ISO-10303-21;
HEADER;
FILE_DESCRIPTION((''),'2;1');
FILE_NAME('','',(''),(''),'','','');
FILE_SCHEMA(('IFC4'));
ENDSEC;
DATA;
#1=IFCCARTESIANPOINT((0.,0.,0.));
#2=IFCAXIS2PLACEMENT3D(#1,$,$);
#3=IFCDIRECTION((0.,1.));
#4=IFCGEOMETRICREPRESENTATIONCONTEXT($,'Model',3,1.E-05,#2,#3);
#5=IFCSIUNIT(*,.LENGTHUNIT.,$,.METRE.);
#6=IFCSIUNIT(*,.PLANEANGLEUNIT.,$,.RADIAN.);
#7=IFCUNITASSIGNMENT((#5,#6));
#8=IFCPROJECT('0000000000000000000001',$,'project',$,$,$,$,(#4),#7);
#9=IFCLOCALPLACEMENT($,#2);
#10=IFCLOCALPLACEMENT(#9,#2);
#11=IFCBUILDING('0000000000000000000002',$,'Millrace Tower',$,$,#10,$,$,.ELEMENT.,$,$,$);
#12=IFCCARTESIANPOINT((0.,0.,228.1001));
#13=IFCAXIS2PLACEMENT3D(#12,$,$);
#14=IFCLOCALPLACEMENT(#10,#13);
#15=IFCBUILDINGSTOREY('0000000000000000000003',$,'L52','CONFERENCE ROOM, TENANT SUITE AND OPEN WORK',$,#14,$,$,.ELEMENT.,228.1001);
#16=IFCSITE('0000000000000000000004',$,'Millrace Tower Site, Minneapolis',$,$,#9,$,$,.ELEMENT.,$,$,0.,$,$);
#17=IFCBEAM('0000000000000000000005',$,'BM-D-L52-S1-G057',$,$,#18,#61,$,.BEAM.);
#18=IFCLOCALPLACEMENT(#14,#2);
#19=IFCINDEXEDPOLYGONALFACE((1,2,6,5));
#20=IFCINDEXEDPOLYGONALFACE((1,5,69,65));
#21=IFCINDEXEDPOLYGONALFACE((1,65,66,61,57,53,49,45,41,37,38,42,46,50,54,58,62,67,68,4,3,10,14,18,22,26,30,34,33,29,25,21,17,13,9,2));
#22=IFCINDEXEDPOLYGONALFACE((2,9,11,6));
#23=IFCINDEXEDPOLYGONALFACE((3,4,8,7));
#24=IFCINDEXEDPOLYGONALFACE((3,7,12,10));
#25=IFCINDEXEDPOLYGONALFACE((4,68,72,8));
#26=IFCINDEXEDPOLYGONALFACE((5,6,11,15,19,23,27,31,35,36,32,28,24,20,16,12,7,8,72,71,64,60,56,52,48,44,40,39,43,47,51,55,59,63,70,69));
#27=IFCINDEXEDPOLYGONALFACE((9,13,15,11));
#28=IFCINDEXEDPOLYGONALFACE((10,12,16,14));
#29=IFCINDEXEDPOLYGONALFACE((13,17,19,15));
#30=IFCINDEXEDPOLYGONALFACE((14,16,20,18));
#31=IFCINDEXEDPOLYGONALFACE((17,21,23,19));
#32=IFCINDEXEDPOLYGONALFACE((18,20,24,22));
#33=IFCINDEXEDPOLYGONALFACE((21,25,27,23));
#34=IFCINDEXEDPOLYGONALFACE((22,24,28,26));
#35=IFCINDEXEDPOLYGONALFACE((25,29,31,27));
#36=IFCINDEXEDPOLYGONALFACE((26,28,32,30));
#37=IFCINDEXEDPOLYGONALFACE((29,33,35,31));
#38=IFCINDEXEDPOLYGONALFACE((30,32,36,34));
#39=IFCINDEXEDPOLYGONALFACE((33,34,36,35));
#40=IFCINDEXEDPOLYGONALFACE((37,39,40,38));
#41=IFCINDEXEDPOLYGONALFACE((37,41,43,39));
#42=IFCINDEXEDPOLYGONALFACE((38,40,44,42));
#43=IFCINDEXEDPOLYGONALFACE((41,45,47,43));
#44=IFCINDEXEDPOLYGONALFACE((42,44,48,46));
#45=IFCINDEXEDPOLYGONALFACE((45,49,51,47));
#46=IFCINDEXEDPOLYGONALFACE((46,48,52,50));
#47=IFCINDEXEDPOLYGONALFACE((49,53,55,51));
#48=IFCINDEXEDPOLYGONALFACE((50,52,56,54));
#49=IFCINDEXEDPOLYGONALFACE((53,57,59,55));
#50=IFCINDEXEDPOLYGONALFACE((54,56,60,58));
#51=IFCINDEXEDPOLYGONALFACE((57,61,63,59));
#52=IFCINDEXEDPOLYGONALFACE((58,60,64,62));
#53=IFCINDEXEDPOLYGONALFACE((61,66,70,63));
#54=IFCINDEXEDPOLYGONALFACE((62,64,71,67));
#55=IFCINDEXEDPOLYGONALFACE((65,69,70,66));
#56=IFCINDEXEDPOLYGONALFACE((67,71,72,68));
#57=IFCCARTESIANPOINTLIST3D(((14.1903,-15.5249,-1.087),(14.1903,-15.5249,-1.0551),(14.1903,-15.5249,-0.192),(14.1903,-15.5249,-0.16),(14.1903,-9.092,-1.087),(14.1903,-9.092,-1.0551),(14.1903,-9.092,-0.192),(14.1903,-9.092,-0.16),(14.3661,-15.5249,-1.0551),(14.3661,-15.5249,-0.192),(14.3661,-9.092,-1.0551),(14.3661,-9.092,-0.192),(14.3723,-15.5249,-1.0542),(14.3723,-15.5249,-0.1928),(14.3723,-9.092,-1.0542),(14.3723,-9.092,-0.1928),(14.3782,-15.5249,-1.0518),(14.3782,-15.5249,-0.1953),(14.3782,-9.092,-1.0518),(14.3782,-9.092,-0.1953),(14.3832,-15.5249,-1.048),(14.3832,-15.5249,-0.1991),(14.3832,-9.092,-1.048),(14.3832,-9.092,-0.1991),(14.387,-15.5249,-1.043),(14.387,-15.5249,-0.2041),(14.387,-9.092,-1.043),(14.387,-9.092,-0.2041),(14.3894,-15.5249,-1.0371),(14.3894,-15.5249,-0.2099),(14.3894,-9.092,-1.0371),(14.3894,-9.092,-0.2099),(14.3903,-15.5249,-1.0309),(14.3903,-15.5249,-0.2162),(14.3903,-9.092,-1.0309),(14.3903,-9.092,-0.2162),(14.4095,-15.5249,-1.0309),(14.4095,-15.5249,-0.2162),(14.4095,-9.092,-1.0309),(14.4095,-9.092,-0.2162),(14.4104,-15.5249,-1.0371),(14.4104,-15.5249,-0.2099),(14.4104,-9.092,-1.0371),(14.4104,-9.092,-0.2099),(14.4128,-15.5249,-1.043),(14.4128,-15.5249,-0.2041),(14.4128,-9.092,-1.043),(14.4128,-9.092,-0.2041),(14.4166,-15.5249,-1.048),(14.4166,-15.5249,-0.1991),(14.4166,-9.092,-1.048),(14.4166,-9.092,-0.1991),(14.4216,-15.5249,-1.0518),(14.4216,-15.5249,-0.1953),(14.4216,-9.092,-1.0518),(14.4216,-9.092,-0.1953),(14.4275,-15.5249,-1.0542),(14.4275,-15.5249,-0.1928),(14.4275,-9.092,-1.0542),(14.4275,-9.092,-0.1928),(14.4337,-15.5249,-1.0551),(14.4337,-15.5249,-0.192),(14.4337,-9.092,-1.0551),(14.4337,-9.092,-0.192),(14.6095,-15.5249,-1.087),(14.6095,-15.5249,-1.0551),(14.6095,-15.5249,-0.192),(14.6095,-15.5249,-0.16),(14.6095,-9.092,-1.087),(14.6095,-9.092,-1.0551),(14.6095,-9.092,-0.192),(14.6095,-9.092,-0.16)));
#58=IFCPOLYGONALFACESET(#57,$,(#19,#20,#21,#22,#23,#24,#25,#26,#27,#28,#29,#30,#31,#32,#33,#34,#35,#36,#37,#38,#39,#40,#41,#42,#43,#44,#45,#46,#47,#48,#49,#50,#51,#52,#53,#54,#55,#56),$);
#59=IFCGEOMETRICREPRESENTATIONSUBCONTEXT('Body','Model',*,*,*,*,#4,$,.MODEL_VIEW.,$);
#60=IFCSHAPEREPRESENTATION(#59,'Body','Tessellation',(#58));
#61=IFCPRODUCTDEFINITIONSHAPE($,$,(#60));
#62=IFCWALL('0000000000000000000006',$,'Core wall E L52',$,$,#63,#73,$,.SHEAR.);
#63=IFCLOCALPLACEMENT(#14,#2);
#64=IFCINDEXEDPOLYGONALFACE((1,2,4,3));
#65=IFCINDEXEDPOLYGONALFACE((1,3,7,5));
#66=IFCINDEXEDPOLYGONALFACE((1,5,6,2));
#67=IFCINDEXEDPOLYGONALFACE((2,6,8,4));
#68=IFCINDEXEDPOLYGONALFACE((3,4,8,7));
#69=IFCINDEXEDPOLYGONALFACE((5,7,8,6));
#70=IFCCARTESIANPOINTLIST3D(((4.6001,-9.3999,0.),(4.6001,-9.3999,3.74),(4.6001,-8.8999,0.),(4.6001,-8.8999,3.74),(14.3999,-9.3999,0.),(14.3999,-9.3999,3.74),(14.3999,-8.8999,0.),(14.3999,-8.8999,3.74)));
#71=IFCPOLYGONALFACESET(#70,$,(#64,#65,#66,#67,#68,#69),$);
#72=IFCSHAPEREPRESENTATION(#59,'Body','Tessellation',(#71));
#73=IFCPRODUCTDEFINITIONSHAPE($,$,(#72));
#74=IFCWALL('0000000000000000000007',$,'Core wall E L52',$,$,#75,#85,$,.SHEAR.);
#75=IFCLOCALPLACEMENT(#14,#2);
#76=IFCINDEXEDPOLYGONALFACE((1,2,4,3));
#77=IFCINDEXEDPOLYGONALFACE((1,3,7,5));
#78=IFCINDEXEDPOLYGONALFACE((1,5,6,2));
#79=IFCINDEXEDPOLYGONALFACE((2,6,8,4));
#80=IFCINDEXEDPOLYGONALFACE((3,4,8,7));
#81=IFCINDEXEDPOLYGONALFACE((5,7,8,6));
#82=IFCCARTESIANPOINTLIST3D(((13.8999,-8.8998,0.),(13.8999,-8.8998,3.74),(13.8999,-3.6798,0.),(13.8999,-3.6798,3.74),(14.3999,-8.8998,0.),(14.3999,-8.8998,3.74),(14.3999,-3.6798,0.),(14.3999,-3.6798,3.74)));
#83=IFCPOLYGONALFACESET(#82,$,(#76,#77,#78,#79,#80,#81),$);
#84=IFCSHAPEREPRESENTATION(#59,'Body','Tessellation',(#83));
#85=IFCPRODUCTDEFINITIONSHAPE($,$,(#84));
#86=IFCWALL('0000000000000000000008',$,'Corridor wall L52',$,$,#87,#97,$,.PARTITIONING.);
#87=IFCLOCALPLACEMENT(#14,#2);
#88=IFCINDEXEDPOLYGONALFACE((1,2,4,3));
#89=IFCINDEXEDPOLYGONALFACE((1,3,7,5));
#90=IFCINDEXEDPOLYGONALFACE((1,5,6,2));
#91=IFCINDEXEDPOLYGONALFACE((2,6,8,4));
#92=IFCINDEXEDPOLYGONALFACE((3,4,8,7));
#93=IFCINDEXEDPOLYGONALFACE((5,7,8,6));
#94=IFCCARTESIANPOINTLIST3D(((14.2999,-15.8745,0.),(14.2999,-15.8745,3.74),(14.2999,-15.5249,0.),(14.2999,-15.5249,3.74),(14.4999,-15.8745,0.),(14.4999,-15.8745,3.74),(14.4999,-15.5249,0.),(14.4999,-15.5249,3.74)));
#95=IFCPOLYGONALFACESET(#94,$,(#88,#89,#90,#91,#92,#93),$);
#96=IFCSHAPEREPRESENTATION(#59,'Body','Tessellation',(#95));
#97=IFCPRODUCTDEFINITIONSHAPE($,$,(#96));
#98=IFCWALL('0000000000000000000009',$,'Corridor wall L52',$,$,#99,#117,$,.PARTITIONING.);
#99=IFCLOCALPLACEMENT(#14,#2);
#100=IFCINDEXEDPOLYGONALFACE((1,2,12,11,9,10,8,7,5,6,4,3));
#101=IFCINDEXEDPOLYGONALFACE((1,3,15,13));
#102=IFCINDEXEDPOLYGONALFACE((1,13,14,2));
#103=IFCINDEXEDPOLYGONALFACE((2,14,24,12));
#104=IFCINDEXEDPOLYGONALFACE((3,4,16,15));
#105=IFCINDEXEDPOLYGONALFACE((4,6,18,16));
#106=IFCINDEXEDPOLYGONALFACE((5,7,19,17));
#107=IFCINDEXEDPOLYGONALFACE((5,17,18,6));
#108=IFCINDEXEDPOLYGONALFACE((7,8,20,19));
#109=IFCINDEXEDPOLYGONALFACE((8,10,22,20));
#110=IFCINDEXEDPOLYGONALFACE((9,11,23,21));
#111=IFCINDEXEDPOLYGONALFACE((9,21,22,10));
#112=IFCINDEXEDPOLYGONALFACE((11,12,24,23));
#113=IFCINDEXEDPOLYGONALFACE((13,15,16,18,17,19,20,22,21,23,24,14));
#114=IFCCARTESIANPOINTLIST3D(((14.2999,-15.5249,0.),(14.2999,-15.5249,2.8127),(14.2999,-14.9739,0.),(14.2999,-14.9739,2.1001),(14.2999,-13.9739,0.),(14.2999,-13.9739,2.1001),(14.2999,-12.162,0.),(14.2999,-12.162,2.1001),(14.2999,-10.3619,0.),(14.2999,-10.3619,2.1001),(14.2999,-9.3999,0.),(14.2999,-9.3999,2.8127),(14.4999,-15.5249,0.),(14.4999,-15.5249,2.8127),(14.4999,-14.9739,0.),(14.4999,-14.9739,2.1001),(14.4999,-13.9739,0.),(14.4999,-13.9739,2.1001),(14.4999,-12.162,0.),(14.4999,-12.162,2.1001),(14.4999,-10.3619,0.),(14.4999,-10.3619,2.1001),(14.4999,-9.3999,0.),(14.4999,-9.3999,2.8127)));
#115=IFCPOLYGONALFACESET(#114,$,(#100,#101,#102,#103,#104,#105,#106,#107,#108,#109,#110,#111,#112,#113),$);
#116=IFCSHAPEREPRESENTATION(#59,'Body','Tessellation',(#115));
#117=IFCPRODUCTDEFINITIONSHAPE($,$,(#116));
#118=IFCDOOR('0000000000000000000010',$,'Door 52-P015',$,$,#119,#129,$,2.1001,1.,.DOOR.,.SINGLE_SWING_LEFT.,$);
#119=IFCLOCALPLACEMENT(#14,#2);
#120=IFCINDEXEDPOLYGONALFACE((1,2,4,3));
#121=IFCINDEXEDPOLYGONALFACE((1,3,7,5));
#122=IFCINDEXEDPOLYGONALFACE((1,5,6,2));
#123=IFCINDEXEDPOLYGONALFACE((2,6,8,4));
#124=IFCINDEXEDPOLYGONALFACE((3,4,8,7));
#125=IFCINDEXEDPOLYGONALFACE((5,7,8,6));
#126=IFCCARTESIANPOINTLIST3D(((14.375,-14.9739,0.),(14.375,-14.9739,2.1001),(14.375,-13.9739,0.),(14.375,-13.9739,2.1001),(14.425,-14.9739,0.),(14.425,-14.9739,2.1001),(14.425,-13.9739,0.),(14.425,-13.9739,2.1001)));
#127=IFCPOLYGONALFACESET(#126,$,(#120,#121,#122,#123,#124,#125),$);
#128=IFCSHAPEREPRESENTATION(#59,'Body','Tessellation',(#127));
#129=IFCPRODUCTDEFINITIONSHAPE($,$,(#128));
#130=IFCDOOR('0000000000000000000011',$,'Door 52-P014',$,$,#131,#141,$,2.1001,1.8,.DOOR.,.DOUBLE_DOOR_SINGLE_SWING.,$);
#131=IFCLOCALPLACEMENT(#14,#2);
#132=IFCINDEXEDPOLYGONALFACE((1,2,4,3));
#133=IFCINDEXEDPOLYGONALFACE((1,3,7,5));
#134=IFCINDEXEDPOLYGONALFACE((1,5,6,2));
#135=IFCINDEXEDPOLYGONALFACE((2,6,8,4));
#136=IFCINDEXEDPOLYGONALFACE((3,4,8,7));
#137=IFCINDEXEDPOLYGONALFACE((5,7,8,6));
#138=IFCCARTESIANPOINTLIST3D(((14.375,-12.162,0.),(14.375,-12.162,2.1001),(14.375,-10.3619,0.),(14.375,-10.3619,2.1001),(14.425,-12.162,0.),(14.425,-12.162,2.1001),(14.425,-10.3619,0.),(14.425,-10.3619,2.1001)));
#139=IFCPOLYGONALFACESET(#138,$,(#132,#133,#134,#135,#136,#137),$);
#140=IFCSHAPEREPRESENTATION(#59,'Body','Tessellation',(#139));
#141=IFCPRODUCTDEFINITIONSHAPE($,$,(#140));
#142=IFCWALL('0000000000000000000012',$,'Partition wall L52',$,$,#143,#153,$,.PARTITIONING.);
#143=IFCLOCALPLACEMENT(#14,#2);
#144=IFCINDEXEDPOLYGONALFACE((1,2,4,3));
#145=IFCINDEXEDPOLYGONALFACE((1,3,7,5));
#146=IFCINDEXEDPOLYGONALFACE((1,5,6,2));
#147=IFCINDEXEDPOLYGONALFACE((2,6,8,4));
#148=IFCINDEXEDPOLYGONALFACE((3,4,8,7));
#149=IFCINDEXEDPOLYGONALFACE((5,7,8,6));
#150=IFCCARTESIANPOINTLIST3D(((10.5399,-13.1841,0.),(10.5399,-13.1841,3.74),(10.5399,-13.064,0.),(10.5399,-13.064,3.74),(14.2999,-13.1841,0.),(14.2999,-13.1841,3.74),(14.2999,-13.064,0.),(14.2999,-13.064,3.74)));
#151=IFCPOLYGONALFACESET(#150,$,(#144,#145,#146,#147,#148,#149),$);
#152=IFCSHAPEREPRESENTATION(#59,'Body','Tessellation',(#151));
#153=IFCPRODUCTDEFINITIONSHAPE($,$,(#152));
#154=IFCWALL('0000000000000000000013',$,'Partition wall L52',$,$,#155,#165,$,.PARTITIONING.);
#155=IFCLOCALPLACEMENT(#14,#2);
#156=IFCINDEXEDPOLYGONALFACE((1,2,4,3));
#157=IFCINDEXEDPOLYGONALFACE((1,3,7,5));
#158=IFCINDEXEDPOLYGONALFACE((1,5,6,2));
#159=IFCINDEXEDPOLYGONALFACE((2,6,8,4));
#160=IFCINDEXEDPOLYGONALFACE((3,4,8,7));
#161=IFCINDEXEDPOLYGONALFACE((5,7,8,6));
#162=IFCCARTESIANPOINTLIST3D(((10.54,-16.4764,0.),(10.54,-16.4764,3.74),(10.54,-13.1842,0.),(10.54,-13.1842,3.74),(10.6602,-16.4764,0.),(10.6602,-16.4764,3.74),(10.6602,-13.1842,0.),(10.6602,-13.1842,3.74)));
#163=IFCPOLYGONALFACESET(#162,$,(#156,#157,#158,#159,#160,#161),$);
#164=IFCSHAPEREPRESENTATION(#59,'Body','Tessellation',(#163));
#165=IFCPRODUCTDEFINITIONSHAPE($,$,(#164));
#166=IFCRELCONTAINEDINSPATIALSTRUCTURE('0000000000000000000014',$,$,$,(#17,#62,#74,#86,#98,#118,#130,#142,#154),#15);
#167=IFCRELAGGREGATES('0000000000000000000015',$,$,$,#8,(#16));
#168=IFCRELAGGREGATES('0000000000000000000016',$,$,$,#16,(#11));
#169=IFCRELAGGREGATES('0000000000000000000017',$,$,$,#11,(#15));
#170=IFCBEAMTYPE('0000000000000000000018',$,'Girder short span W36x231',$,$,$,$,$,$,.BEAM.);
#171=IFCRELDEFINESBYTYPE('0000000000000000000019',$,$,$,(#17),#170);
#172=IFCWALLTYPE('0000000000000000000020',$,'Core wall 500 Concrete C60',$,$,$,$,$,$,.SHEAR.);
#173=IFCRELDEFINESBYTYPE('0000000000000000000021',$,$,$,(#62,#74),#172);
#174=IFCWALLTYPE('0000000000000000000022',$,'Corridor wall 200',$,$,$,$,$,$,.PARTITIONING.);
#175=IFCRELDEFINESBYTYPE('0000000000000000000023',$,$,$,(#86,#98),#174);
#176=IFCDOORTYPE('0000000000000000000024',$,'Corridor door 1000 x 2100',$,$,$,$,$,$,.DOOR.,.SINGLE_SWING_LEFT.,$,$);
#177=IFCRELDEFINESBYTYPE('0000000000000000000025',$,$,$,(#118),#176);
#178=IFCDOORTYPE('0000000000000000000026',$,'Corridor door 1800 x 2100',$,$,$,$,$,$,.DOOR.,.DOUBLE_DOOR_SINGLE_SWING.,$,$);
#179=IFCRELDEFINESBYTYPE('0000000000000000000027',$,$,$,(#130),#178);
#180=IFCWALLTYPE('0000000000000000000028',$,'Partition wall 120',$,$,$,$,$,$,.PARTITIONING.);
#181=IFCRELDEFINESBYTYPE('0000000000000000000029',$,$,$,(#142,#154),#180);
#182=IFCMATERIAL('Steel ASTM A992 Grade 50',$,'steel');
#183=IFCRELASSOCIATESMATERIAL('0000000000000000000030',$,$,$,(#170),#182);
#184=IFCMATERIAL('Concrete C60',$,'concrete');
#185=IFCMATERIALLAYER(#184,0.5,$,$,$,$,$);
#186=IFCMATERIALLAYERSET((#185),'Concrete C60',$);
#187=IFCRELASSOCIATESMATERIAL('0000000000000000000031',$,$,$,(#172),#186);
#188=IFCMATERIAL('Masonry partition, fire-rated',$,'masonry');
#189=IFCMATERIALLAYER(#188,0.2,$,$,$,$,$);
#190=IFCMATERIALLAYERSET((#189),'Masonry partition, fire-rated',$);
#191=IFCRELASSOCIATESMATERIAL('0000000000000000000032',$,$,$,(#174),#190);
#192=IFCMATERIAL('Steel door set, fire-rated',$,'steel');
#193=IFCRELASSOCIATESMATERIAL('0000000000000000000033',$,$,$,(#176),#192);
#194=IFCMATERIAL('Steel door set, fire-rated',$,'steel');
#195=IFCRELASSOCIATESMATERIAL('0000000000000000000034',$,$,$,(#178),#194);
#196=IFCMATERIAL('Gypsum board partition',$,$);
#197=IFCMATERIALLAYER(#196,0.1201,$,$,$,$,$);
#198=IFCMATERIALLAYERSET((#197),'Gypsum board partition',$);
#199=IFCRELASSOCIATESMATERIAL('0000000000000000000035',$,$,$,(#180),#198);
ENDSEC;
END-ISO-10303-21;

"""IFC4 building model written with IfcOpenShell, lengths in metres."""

from ifc_helpers import new_model, si_unit, direction, frame, frame_2d, origin, origin_2d, place, context, subcontext, project, spatial, rectangle, i_section, extrude, material, layer, layer_set, material_profile, profile_set, type_object, element, fill, save


model = new_model("IFC4")

# Units and contexts
model_context = context("Model", 3, precision=1e-05, world=origin(), true_north=direction((0.0, 1.0)))
body_context = subcontext(model_context, "Body", "Model", "MODEL_VIEW")
ifc_project = project(units=[si_unit("LENGTHUNIT", "METRE"), si_unit("PLANEANGLEUNIT", "RADIAN")], contexts=[model_context])

# Site, building, storey
site_placement = place(None, origin())
site = spatial("IfcSite", under=ifc_project, at=site_placement, Name="Millrace Tower Site, Minneapolis", CompositionType="ELEMENT", RefElevation=0.0)
building_placement = place(site_placement, origin())
building = spatial("IfcBuilding", under=site, at=building_placement, Name="Millrace Tower", CompositionType="ELEMENT")
storey_placement = place(building_placement, frame((0.0, 0.0, 228.1001)))
storey = spatial("IfcBuildingStorey", under=building, at=storey_placement, Name="L52", Description="CONFERENCE ROOM, TENANT SUITE AND OPEN WORK", CompositionType="ELEMENT", Elevation=228.1001)

# Beam
ifc_material_1 = material(Name="Steel ASTM A992 Grade 50", Category="steel")
ifc_material_profile_1 = material_profile(ifc_material_1, i_section(OverallWidth=0.4192, OverallDepth=0.927, WebThickness=0.0193, FlangeThickness=0.032, FilletRadius=0.0242, at=origin_2d()))
ifc_profile_set_1 = profile_set([ifc_material_profile_1], Name="Steel ASTM A992 Grade 50")
beam_type_1 = type_object("IfcBeamType", Name="Girder short span W36x231", PredefinedType="BEAM", material=ifc_profile_set_1)
beam_1_placement = place(storey_placement, frame((14.3999, -15.5249, -0.6235), z_axis=(0.0, 1.0, 0.0), x_axis=(-1.0, 0.0, 0.0)))
element("IfcBeam", 1, at=beam_1_placement, inside=storey, type_object=beam_type_1, Name="BM-D-L52-S1-G057", PredefinedType="BEAM", context=body_context, shape_type="SweptSolid", body=[
    extrude(i_section(OverallWidth=0.4192, OverallDepth=0.927, WebThickness=0.0193, FlangeThickness=0.032, FilletRadius=0.0242, at=origin_2d()), origin(), (0.0, 0.0, 1.0), 6.4329),
])

# Walls
ifc_material_2 = material(Name="Concrete C60", Category="concrete")
ifc_layer_1 = layer(ifc_material_2, 0.5)
ifc_layer_set_1 = layer_set([ifc_layer_1], Name="Concrete C60")
wall_type_1 = type_object("IfcWallType", Name="Core wall 500 Concrete C60", PredefinedType="SHEAR", material=ifc_layer_set_1)
wall_1_placement = place(storey_placement, frame((14.3999, -9.1499, 0.0), z_axis=(0.0, 0.0, 1.0), x_axis=(-1.0, 0.0, 0.0)))
element("IfcWall", 2, at=wall_1_placement, inside=storey, type_object=wall_type_1, Name="Core wall E L52", PredefinedType="SHEAR", context=body_context, shape_type="SweptSolid", body=[
    extrude(rectangle(XDim=9.7998, YDim=0.5, at=frame_2d((4.8999, 0.0))), origin(), (0.0, 0.0, 1.0), 3.74),
])
wall_2_placement = place(storey_placement, frame((14.1499, -3.6799, 0.0), z_axis=(0.0, 0.0, 1.0), x_axis=(0.0, -1.0, 0.0)))
element("IfcWall", 3, at=wall_2_placement, inside=storey, type_object=wall_type_1, Name="Core wall E L52", PredefinedType="SHEAR", context=body_context, shape_type="SweptSolid", body=[
    extrude(rectangle(XDim=5.22, YDim=0.5, at=frame_2d((2.6099, 0.0))), origin(), (0.0, 0.0, 1.0), 3.74),
])
ifc_material_3 = material(Name="Masonry partition, fire-rated", Category="masonry")
ifc_layer_2 = layer(ifc_material_3, 0.2)
ifc_layer_set_2 = layer_set([ifc_layer_2], Name="Masonry partition, fire-rated")
wall_type_2 = type_object("IfcWallType", Name="Corridor wall 200", PredefinedType="PARTITIONING", material=ifc_layer_set_2)
wall_3_placement = place(storey_placement, frame((14.3999, -15.8745, 0.0), z_axis=(0.0, 0.0, 1.0), x_axis=(0.0, 1.0, 0.0)))
element("IfcWall", 4, at=wall_3_placement, inside=storey, type_object=wall_type_2, Name="Corridor wall L52", PredefinedType="PARTITIONING", context=body_context, shape_type="SweptSolid", body=[
    extrude(rectangle(XDim=0.3496, YDim=0.2, at=frame_2d((0.1748, 0.0))), origin(), (0.0, 0.0, 1.0), 3.74),
])

# Wall, openings, doors
wall_4_placement = place(storey_placement, frame((14.3999, -15.5249, 0.0), z_axis=(0.0, 0.0, 1.0), x_axis=(0.0, 1.0, 0.0)))
wall_4 = element("IfcWall", 5, at=wall_4_placement, inside=storey, type_object=wall_type_2, Name="Corridor wall L52", PredefinedType="PARTITIONING", context=body_context, shape_type="SweptSolid", body=[
    extrude(rectangle(XDim=6.125, YDim=0.2, at=frame_2d((3.0625, 0.0))), origin(), (0.0, 0.0, 1.0), 2.8127),
])
opening_1_placement = place(wall_4_placement, frame((3.363, 0.0, 0.0)))
opening_1 = element("IfcOpeningElement", 6, at=opening_1_placement, cuts=wall_4, PredefinedType="OPENING", context=body_context, shape_type="SweptSolid", body=[
    extrude(rectangle(XDim=1.8, YDim=2.1001, at=frame_2d((0.8999, 1.05))), frame((0.0, 0.1099, 0.0), z_axis=(0.0, -1.0, 0.0), x_axis=(1.0, 0.0, 0.0)), (0.0, 0.0, 1.0), 0.22),
])
opening_2_placement = place(wall_4_placement, frame((0.551, 0.0, 0.0)))
opening_2 = element("IfcOpeningElement", 7, at=opening_2_placement, cuts=wall_4, PredefinedType="OPENING", context=body_context, shape_type="SweptSolid", body=[
    extrude(rectangle(XDim=1.0, YDim=2.1001, at=frame_2d((0.5, 1.05))), frame((0.0, 0.1099, 0.0), z_axis=(0.0, -1.0, 0.0), x_axis=(1.0, 0.0, 0.0)), (0.0, 0.0, 1.0), 0.22),
])
ifc_material_4 = material(Name="Steel door set, fire-rated", Category="steel")
door_type_1 = type_object("IfcDoorType", Name="Corridor door 1000 x 2100", OperationType="SINGLE_SWING_LEFT", PredefinedType="DOOR", material=ifc_material_4)
door_1_placement = place(opening_2_placement, origin())
door_1 = element("IfcDoor", 8, at=door_1_placement, inside=storey, type_object=door_type_1, Name="Door 52-P015", OperationType="SINGLE_SWING_LEFT", OverallHeight=2.1001, OverallWidth=1.0, PredefinedType="DOOR", context=body_context, shape_type="SweptSolid", body=[
    extrude(rectangle(XDim=1.0, YDim=2.1001, at=frame_2d((0.5, 1.05))), frame((0.0, 0.0249, 0.0), z_axis=(0.0, -1.0, 0.0), x_axis=(1.0, 0.0, 0.0)), (0.0, 0.0, 1.0), 0.05),
])
fill(opening_2, door_1)
ifc_material_5 = material(Name="Steel door set, fire-rated", Category="steel")
door_type_2 = type_object("IfcDoorType", Name="Corridor door 1800 x 2100", OperationType="DOUBLE_DOOR_SINGLE_SWING", PredefinedType="DOOR", material=ifc_material_5)
door_2_placement = place(opening_1_placement, origin())
door_2 = element("IfcDoor", 9, at=door_2_placement, inside=storey, type_object=door_type_2, Name="Door 52-P014", OperationType="DOUBLE_DOOR_SINGLE_SWING", OverallHeight=2.1001, OverallWidth=1.8, PredefinedType="DOOR", context=body_context, shape_type="SweptSolid", body=[
    extrude(rectangle(XDim=1.8, YDim=2.1001, at=frame_2d((0.8999, 1.05))), frame((0.0, 0.0249, 0.0), z_axis=(0.0, -1.0, 0.0), x_axis=(1.0, 0.0, 0.0)), (0.0, 0.0, 1.0), 0.05),
])
fill(opening_1, door_2)

# Walls
ifc_material_6 = material(Name="Gypsum board partition")
ifc_layer_3 = layer(ifc_material_6, 0.1201)
ifc_layer_set_3 = layer_set([ifc_layer_3], Name="Gypsum board partition")
wall_type_3 = type_object("IfcWallType", Name="Partition wall 120", PredefinedType="PARTITIONING", material=ifc_layer_set_3)
wall_5_placement = place(storey_placement, frame((10.54, -13.124, 0.0), z_axis=(0.0, 0.0, 1.0), x_axis=(1.0, 0.0, 0.0)))
element("IfcWall", 10, at=wall_5_placement, inside=storey, type_object=wall_type_3, Name="Partition wall L52", PredefinedType="PARTITIONING", context=body_context, shape_type="SweptSolid", body=[
    extrude(rectangle(XDim=3.76, YDim=0.1201, at=frame_2d((1.8799, 0.0))), origin(), (0.0, 0.0, 1.0), 3.74),
])
wall_6_placement = place(storey_placement, frame((10.6001, -16.4763, 0.0), z_axis=(0.0, 0.0, 1.0), x_axis=(0.0, 1.0, 0.0)))
element("IfcWall", 11, at=wall_6_placement, inside=storey, type_object=wall_type_3, Name="Partition wall L52", PredefinedType="PARTITIONING", context=body_context, shape_type="SweptSolid", body=[
    extrude(rectangle(XDim=3.2922, YDim=0.1201, at=frame_2d((1.646, 0.0))), origin(), (0.0, 0.0, 1.0), 3.74),
])

save(model, "model.ifc")
